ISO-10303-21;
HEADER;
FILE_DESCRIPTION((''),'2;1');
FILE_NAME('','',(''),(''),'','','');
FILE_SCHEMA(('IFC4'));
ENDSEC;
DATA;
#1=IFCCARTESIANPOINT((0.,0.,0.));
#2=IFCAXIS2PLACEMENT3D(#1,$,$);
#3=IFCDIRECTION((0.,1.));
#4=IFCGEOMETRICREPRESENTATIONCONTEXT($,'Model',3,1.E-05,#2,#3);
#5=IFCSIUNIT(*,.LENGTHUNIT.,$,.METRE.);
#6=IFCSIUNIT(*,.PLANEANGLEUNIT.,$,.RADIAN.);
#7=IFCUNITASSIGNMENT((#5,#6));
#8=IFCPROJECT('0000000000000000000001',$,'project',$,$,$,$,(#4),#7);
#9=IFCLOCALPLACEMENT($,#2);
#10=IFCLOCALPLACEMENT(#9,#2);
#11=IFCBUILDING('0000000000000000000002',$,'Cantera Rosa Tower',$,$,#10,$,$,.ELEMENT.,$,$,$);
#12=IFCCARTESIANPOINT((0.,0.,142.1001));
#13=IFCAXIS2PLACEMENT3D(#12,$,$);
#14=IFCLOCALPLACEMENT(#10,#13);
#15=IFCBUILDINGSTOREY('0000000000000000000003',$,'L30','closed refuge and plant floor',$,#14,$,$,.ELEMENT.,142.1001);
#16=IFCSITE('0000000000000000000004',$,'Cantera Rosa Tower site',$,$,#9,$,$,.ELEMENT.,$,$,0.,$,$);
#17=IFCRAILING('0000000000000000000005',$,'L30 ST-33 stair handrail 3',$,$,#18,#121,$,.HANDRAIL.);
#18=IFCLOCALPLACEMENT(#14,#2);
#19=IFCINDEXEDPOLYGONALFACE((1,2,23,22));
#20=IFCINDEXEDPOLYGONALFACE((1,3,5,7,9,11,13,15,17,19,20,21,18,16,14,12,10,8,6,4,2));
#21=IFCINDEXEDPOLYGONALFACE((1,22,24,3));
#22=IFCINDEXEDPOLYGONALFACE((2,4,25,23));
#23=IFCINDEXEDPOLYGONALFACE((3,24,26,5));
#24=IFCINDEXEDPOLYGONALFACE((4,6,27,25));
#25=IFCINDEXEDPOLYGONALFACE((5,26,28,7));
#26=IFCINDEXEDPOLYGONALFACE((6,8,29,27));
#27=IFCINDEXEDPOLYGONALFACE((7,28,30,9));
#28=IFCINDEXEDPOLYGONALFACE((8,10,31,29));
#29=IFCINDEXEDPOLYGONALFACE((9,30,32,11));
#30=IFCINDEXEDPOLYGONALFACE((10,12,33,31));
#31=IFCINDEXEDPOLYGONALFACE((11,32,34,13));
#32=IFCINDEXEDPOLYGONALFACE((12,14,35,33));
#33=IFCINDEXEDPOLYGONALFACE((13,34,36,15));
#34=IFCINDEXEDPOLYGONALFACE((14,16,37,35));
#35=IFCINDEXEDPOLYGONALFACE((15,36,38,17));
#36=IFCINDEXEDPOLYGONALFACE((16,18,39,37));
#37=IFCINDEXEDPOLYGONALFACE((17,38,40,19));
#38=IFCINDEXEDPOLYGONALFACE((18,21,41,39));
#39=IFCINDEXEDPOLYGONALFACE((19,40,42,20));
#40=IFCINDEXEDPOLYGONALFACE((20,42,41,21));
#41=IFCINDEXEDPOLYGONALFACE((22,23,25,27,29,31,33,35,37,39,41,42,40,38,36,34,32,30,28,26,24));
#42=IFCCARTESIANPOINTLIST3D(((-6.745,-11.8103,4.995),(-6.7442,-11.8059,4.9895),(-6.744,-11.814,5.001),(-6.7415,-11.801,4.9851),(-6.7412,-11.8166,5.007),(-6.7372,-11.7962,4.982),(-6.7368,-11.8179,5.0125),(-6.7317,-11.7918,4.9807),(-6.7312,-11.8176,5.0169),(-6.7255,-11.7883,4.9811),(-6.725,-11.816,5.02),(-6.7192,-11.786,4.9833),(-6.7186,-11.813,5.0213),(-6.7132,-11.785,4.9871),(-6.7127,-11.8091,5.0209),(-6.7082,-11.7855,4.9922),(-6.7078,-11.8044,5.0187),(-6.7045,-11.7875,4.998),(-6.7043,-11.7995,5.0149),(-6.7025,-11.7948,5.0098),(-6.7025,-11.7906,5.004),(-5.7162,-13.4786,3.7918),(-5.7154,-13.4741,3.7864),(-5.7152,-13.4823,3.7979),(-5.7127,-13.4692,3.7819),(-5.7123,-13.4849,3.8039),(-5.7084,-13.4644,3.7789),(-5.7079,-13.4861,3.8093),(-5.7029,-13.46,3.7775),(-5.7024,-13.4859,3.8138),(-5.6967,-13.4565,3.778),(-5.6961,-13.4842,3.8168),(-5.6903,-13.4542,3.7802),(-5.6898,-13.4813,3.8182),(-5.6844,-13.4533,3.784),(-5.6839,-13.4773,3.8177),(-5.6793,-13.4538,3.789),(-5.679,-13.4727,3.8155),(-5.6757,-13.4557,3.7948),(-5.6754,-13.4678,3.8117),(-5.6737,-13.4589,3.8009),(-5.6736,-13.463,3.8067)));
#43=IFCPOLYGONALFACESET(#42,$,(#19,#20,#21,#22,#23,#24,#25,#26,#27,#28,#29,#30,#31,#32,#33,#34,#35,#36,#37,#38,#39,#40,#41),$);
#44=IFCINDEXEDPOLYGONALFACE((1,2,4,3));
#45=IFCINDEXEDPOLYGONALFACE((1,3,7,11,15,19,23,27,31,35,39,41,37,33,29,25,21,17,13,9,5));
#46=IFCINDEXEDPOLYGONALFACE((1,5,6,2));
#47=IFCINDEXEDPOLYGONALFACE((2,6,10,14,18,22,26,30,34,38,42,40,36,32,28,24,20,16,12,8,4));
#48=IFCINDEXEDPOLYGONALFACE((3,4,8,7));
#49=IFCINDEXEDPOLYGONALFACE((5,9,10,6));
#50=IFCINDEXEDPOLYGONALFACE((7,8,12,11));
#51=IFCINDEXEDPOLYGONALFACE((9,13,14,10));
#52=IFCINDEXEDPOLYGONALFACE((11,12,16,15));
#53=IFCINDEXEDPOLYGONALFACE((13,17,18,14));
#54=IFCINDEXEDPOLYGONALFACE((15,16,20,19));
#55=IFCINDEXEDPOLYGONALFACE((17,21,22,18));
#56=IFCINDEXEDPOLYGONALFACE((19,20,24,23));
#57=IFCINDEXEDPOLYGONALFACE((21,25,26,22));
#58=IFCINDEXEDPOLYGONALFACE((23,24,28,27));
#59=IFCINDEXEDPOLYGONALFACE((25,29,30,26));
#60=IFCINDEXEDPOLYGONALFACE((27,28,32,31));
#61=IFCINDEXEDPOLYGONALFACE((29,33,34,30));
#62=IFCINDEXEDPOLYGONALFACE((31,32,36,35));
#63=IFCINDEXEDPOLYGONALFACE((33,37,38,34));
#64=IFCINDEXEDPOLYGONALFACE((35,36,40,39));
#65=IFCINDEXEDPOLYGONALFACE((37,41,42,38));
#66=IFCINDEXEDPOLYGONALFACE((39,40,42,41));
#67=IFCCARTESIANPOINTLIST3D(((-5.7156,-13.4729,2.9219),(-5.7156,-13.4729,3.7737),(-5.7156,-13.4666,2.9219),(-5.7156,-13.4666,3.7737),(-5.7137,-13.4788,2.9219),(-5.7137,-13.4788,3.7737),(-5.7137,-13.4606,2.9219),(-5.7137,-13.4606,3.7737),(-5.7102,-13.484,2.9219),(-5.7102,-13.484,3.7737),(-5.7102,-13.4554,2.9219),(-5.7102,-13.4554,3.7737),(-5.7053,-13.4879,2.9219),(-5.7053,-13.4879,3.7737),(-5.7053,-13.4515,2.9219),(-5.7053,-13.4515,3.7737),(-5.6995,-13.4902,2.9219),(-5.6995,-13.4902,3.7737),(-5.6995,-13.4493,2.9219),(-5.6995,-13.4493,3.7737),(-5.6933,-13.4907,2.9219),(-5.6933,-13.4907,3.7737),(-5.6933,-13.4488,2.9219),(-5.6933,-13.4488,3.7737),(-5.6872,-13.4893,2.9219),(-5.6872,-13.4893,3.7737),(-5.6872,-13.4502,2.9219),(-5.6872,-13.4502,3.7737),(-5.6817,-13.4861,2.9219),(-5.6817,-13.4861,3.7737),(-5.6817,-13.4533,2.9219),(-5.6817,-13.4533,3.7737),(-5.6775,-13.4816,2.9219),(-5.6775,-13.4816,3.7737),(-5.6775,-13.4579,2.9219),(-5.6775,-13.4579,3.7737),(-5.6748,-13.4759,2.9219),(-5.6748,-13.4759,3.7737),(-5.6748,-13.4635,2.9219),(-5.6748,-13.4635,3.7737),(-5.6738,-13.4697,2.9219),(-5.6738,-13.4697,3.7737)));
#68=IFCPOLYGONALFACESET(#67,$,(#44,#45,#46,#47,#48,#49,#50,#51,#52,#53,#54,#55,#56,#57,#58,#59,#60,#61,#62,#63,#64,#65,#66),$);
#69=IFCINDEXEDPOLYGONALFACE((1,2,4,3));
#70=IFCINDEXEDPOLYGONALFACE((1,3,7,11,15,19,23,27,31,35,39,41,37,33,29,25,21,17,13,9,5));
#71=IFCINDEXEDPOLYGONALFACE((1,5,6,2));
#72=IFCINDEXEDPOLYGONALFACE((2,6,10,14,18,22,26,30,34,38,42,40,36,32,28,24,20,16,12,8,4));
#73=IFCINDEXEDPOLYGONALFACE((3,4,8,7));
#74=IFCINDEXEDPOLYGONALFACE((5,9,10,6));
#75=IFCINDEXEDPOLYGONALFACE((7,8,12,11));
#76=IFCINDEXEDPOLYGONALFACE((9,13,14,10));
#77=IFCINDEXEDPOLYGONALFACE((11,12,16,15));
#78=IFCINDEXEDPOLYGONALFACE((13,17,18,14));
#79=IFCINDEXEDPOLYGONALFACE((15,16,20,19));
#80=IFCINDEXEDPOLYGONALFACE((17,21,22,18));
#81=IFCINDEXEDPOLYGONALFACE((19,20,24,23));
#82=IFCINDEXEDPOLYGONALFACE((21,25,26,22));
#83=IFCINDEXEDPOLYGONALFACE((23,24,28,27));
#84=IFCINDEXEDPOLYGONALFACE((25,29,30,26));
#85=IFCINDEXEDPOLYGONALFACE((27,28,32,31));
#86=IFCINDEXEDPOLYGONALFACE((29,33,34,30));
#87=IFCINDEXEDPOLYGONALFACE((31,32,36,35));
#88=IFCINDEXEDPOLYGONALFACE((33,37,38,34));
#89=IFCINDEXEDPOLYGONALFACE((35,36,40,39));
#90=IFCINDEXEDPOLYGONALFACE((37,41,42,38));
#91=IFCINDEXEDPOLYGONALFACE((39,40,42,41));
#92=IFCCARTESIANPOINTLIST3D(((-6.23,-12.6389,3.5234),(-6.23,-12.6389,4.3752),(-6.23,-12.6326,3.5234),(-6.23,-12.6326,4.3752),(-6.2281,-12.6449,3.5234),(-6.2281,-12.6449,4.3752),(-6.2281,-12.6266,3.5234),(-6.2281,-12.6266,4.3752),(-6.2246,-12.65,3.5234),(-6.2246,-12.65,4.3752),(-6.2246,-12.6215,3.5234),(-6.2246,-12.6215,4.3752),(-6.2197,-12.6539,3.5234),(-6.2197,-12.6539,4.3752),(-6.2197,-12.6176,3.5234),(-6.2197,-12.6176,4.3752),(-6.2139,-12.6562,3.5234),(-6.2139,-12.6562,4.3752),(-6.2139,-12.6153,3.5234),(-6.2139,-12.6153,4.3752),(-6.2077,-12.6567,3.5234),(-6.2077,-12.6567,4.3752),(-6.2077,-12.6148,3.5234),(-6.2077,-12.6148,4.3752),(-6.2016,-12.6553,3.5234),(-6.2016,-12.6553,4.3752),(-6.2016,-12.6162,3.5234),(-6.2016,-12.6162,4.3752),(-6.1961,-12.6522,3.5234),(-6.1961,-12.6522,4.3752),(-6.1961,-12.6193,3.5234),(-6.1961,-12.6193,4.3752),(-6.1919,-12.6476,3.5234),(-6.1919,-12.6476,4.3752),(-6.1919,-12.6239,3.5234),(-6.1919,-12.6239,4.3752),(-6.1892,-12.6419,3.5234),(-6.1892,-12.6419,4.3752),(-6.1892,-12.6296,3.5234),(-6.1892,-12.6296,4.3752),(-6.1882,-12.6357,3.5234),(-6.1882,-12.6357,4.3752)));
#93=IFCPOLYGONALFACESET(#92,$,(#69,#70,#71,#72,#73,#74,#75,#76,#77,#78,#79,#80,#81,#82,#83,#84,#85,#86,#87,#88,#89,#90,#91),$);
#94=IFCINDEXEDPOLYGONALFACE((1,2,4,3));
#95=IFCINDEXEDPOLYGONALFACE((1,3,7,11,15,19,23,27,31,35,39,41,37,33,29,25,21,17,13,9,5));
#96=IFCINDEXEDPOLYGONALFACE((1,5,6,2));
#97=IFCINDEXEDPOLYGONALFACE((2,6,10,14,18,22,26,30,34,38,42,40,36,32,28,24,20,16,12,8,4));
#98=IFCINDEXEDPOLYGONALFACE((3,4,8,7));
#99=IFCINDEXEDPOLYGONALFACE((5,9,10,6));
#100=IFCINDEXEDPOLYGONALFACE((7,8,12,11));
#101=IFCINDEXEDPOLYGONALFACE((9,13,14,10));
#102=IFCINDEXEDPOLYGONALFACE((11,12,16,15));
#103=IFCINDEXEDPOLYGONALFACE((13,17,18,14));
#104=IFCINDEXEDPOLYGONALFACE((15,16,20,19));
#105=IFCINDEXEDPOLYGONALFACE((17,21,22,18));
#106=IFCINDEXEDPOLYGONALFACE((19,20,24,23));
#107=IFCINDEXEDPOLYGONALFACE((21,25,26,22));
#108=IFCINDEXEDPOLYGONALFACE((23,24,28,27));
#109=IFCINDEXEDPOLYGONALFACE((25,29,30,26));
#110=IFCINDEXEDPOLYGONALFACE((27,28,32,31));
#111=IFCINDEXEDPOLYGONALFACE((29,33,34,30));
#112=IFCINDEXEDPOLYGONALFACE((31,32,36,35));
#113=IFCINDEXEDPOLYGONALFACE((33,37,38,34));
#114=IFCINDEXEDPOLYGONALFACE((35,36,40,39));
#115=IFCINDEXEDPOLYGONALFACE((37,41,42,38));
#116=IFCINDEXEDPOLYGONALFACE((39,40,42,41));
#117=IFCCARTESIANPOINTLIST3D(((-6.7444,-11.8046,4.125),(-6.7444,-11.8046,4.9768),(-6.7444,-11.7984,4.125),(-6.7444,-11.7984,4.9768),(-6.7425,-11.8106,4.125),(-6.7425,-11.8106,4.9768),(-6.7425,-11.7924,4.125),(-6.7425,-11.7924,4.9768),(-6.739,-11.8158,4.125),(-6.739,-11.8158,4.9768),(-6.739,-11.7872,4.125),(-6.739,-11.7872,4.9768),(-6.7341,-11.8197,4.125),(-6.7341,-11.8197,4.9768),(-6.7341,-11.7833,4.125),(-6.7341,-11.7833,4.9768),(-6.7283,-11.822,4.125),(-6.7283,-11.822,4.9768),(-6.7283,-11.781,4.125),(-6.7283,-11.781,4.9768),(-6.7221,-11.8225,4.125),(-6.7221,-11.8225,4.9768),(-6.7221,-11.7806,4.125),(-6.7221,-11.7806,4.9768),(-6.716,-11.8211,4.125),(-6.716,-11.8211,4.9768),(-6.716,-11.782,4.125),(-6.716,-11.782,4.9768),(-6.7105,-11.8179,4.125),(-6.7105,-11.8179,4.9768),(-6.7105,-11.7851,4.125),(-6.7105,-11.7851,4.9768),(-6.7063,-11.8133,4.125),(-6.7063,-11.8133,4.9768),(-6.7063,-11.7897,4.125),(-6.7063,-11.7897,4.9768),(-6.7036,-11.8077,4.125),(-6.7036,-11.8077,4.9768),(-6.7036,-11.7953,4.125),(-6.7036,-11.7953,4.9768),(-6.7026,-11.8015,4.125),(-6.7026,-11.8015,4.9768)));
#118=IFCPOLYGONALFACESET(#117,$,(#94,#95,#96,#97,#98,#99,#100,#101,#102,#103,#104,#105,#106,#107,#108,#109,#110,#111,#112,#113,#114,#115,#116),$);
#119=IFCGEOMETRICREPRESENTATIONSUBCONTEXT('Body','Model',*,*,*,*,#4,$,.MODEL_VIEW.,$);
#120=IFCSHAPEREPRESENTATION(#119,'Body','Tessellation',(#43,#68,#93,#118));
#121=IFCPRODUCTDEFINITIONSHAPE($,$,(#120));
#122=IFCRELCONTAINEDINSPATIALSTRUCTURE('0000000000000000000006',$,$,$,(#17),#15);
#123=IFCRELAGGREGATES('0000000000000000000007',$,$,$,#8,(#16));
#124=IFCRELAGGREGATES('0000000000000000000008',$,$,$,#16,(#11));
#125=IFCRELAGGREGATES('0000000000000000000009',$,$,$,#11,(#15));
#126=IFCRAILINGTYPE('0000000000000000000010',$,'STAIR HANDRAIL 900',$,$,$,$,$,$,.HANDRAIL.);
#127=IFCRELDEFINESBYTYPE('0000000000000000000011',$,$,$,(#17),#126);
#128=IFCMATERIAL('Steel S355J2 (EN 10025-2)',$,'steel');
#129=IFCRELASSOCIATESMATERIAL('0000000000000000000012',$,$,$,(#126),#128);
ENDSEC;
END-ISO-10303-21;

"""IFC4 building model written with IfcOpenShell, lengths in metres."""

from ifc_helpers import new_model, si_unit, direction, frame, origin, origin_2d, place, context, subcontext, project, spatial, circle, extrude, material, type_object, element, save


model = new_model("IFC4")

# Units and contexts
model_context = context("Model", 3, precision=1e-05, world=origin(), true_north=direction((0.0, 1.0)))
body_context = subcontext(model_context, "Body", "Model", "MODEL_VIEW")
ifc_project = project(units=[si_unit("LENGTHUNIT", "METRE"), si_unit("PLANEANGLEUNIT", "RADIAN")], contexts=[model_context])

# Site, building, storey
site_placement = place(None, origin())
site = spatial("IfcSite", under=ifc_project, at=site_placement, Name="Cantera Rosa Tower site", CompositionType="ELEMENT", RefElevation=0.0)
building_placement = place(site_placement, origin())
building = spatial("IfcBuilding", under=site, at=building_placement, Name="Cantera Rosa Tower", CompositionType="ELEMENT")
storey_placement = place(building_placement, frame((0.0, 0.0, 142.1001)))
storey = spatial("IfcBuildingStorey", under=building, at=storey_placement, Name="L30", Description="closed refuge and plant floor", CompositionType="ELEMENT", Elevation=142.1001)

# Railing
ifc_material_1 = material(Name="Steel S355J2 (EN 10025-2)", Category="steel")
railing_type_1 = type_object("IfcRailingType", Name="STAIR HANDRAIL 900", PredefinedType="HANDRAIL", material=ifc_material_1)
railing_1_placement = place(storey_placement, frame((-5.6948, -13.4697, 2.9219)))
element("IfcRailing", 1, at=railing_1_placement, inside=storey, type_object=railing_type_1, Name="L30 ST-33 stair handrail 3", PredefinedType="HANDRAIL", context=body_context, shape_type="SweptSolid", body=[
    extrude(circle(Radius=0.0239, at=origin_2d()), frame((0.0, 0.0, 0.876), z_axis=(-0.447355, 0.725386, 0.523153), x_axis=(-0.851153, -0.524917, 0.0)), (0.0, 0.0, 1.0), 2.2998),
    extrude(circle(Radius=0.021, at=origin_2d()), origin(), (0.0, 0.0, 1.0), 0.8518),
    extrude(circle(Radius=0.021, at=origin_2d()), frame((-0.5144, 0.834, 0.6016)), (0.0, 0.0, 1.0), 0.8518),
    extrude(circle(Radius=0.021, at=origin_2d()), frame((-1.0288, 1.6682, 1.2031)), (0.0, 0.0, 1.0), 0.8518),
])

save(model, "model.ifc")
